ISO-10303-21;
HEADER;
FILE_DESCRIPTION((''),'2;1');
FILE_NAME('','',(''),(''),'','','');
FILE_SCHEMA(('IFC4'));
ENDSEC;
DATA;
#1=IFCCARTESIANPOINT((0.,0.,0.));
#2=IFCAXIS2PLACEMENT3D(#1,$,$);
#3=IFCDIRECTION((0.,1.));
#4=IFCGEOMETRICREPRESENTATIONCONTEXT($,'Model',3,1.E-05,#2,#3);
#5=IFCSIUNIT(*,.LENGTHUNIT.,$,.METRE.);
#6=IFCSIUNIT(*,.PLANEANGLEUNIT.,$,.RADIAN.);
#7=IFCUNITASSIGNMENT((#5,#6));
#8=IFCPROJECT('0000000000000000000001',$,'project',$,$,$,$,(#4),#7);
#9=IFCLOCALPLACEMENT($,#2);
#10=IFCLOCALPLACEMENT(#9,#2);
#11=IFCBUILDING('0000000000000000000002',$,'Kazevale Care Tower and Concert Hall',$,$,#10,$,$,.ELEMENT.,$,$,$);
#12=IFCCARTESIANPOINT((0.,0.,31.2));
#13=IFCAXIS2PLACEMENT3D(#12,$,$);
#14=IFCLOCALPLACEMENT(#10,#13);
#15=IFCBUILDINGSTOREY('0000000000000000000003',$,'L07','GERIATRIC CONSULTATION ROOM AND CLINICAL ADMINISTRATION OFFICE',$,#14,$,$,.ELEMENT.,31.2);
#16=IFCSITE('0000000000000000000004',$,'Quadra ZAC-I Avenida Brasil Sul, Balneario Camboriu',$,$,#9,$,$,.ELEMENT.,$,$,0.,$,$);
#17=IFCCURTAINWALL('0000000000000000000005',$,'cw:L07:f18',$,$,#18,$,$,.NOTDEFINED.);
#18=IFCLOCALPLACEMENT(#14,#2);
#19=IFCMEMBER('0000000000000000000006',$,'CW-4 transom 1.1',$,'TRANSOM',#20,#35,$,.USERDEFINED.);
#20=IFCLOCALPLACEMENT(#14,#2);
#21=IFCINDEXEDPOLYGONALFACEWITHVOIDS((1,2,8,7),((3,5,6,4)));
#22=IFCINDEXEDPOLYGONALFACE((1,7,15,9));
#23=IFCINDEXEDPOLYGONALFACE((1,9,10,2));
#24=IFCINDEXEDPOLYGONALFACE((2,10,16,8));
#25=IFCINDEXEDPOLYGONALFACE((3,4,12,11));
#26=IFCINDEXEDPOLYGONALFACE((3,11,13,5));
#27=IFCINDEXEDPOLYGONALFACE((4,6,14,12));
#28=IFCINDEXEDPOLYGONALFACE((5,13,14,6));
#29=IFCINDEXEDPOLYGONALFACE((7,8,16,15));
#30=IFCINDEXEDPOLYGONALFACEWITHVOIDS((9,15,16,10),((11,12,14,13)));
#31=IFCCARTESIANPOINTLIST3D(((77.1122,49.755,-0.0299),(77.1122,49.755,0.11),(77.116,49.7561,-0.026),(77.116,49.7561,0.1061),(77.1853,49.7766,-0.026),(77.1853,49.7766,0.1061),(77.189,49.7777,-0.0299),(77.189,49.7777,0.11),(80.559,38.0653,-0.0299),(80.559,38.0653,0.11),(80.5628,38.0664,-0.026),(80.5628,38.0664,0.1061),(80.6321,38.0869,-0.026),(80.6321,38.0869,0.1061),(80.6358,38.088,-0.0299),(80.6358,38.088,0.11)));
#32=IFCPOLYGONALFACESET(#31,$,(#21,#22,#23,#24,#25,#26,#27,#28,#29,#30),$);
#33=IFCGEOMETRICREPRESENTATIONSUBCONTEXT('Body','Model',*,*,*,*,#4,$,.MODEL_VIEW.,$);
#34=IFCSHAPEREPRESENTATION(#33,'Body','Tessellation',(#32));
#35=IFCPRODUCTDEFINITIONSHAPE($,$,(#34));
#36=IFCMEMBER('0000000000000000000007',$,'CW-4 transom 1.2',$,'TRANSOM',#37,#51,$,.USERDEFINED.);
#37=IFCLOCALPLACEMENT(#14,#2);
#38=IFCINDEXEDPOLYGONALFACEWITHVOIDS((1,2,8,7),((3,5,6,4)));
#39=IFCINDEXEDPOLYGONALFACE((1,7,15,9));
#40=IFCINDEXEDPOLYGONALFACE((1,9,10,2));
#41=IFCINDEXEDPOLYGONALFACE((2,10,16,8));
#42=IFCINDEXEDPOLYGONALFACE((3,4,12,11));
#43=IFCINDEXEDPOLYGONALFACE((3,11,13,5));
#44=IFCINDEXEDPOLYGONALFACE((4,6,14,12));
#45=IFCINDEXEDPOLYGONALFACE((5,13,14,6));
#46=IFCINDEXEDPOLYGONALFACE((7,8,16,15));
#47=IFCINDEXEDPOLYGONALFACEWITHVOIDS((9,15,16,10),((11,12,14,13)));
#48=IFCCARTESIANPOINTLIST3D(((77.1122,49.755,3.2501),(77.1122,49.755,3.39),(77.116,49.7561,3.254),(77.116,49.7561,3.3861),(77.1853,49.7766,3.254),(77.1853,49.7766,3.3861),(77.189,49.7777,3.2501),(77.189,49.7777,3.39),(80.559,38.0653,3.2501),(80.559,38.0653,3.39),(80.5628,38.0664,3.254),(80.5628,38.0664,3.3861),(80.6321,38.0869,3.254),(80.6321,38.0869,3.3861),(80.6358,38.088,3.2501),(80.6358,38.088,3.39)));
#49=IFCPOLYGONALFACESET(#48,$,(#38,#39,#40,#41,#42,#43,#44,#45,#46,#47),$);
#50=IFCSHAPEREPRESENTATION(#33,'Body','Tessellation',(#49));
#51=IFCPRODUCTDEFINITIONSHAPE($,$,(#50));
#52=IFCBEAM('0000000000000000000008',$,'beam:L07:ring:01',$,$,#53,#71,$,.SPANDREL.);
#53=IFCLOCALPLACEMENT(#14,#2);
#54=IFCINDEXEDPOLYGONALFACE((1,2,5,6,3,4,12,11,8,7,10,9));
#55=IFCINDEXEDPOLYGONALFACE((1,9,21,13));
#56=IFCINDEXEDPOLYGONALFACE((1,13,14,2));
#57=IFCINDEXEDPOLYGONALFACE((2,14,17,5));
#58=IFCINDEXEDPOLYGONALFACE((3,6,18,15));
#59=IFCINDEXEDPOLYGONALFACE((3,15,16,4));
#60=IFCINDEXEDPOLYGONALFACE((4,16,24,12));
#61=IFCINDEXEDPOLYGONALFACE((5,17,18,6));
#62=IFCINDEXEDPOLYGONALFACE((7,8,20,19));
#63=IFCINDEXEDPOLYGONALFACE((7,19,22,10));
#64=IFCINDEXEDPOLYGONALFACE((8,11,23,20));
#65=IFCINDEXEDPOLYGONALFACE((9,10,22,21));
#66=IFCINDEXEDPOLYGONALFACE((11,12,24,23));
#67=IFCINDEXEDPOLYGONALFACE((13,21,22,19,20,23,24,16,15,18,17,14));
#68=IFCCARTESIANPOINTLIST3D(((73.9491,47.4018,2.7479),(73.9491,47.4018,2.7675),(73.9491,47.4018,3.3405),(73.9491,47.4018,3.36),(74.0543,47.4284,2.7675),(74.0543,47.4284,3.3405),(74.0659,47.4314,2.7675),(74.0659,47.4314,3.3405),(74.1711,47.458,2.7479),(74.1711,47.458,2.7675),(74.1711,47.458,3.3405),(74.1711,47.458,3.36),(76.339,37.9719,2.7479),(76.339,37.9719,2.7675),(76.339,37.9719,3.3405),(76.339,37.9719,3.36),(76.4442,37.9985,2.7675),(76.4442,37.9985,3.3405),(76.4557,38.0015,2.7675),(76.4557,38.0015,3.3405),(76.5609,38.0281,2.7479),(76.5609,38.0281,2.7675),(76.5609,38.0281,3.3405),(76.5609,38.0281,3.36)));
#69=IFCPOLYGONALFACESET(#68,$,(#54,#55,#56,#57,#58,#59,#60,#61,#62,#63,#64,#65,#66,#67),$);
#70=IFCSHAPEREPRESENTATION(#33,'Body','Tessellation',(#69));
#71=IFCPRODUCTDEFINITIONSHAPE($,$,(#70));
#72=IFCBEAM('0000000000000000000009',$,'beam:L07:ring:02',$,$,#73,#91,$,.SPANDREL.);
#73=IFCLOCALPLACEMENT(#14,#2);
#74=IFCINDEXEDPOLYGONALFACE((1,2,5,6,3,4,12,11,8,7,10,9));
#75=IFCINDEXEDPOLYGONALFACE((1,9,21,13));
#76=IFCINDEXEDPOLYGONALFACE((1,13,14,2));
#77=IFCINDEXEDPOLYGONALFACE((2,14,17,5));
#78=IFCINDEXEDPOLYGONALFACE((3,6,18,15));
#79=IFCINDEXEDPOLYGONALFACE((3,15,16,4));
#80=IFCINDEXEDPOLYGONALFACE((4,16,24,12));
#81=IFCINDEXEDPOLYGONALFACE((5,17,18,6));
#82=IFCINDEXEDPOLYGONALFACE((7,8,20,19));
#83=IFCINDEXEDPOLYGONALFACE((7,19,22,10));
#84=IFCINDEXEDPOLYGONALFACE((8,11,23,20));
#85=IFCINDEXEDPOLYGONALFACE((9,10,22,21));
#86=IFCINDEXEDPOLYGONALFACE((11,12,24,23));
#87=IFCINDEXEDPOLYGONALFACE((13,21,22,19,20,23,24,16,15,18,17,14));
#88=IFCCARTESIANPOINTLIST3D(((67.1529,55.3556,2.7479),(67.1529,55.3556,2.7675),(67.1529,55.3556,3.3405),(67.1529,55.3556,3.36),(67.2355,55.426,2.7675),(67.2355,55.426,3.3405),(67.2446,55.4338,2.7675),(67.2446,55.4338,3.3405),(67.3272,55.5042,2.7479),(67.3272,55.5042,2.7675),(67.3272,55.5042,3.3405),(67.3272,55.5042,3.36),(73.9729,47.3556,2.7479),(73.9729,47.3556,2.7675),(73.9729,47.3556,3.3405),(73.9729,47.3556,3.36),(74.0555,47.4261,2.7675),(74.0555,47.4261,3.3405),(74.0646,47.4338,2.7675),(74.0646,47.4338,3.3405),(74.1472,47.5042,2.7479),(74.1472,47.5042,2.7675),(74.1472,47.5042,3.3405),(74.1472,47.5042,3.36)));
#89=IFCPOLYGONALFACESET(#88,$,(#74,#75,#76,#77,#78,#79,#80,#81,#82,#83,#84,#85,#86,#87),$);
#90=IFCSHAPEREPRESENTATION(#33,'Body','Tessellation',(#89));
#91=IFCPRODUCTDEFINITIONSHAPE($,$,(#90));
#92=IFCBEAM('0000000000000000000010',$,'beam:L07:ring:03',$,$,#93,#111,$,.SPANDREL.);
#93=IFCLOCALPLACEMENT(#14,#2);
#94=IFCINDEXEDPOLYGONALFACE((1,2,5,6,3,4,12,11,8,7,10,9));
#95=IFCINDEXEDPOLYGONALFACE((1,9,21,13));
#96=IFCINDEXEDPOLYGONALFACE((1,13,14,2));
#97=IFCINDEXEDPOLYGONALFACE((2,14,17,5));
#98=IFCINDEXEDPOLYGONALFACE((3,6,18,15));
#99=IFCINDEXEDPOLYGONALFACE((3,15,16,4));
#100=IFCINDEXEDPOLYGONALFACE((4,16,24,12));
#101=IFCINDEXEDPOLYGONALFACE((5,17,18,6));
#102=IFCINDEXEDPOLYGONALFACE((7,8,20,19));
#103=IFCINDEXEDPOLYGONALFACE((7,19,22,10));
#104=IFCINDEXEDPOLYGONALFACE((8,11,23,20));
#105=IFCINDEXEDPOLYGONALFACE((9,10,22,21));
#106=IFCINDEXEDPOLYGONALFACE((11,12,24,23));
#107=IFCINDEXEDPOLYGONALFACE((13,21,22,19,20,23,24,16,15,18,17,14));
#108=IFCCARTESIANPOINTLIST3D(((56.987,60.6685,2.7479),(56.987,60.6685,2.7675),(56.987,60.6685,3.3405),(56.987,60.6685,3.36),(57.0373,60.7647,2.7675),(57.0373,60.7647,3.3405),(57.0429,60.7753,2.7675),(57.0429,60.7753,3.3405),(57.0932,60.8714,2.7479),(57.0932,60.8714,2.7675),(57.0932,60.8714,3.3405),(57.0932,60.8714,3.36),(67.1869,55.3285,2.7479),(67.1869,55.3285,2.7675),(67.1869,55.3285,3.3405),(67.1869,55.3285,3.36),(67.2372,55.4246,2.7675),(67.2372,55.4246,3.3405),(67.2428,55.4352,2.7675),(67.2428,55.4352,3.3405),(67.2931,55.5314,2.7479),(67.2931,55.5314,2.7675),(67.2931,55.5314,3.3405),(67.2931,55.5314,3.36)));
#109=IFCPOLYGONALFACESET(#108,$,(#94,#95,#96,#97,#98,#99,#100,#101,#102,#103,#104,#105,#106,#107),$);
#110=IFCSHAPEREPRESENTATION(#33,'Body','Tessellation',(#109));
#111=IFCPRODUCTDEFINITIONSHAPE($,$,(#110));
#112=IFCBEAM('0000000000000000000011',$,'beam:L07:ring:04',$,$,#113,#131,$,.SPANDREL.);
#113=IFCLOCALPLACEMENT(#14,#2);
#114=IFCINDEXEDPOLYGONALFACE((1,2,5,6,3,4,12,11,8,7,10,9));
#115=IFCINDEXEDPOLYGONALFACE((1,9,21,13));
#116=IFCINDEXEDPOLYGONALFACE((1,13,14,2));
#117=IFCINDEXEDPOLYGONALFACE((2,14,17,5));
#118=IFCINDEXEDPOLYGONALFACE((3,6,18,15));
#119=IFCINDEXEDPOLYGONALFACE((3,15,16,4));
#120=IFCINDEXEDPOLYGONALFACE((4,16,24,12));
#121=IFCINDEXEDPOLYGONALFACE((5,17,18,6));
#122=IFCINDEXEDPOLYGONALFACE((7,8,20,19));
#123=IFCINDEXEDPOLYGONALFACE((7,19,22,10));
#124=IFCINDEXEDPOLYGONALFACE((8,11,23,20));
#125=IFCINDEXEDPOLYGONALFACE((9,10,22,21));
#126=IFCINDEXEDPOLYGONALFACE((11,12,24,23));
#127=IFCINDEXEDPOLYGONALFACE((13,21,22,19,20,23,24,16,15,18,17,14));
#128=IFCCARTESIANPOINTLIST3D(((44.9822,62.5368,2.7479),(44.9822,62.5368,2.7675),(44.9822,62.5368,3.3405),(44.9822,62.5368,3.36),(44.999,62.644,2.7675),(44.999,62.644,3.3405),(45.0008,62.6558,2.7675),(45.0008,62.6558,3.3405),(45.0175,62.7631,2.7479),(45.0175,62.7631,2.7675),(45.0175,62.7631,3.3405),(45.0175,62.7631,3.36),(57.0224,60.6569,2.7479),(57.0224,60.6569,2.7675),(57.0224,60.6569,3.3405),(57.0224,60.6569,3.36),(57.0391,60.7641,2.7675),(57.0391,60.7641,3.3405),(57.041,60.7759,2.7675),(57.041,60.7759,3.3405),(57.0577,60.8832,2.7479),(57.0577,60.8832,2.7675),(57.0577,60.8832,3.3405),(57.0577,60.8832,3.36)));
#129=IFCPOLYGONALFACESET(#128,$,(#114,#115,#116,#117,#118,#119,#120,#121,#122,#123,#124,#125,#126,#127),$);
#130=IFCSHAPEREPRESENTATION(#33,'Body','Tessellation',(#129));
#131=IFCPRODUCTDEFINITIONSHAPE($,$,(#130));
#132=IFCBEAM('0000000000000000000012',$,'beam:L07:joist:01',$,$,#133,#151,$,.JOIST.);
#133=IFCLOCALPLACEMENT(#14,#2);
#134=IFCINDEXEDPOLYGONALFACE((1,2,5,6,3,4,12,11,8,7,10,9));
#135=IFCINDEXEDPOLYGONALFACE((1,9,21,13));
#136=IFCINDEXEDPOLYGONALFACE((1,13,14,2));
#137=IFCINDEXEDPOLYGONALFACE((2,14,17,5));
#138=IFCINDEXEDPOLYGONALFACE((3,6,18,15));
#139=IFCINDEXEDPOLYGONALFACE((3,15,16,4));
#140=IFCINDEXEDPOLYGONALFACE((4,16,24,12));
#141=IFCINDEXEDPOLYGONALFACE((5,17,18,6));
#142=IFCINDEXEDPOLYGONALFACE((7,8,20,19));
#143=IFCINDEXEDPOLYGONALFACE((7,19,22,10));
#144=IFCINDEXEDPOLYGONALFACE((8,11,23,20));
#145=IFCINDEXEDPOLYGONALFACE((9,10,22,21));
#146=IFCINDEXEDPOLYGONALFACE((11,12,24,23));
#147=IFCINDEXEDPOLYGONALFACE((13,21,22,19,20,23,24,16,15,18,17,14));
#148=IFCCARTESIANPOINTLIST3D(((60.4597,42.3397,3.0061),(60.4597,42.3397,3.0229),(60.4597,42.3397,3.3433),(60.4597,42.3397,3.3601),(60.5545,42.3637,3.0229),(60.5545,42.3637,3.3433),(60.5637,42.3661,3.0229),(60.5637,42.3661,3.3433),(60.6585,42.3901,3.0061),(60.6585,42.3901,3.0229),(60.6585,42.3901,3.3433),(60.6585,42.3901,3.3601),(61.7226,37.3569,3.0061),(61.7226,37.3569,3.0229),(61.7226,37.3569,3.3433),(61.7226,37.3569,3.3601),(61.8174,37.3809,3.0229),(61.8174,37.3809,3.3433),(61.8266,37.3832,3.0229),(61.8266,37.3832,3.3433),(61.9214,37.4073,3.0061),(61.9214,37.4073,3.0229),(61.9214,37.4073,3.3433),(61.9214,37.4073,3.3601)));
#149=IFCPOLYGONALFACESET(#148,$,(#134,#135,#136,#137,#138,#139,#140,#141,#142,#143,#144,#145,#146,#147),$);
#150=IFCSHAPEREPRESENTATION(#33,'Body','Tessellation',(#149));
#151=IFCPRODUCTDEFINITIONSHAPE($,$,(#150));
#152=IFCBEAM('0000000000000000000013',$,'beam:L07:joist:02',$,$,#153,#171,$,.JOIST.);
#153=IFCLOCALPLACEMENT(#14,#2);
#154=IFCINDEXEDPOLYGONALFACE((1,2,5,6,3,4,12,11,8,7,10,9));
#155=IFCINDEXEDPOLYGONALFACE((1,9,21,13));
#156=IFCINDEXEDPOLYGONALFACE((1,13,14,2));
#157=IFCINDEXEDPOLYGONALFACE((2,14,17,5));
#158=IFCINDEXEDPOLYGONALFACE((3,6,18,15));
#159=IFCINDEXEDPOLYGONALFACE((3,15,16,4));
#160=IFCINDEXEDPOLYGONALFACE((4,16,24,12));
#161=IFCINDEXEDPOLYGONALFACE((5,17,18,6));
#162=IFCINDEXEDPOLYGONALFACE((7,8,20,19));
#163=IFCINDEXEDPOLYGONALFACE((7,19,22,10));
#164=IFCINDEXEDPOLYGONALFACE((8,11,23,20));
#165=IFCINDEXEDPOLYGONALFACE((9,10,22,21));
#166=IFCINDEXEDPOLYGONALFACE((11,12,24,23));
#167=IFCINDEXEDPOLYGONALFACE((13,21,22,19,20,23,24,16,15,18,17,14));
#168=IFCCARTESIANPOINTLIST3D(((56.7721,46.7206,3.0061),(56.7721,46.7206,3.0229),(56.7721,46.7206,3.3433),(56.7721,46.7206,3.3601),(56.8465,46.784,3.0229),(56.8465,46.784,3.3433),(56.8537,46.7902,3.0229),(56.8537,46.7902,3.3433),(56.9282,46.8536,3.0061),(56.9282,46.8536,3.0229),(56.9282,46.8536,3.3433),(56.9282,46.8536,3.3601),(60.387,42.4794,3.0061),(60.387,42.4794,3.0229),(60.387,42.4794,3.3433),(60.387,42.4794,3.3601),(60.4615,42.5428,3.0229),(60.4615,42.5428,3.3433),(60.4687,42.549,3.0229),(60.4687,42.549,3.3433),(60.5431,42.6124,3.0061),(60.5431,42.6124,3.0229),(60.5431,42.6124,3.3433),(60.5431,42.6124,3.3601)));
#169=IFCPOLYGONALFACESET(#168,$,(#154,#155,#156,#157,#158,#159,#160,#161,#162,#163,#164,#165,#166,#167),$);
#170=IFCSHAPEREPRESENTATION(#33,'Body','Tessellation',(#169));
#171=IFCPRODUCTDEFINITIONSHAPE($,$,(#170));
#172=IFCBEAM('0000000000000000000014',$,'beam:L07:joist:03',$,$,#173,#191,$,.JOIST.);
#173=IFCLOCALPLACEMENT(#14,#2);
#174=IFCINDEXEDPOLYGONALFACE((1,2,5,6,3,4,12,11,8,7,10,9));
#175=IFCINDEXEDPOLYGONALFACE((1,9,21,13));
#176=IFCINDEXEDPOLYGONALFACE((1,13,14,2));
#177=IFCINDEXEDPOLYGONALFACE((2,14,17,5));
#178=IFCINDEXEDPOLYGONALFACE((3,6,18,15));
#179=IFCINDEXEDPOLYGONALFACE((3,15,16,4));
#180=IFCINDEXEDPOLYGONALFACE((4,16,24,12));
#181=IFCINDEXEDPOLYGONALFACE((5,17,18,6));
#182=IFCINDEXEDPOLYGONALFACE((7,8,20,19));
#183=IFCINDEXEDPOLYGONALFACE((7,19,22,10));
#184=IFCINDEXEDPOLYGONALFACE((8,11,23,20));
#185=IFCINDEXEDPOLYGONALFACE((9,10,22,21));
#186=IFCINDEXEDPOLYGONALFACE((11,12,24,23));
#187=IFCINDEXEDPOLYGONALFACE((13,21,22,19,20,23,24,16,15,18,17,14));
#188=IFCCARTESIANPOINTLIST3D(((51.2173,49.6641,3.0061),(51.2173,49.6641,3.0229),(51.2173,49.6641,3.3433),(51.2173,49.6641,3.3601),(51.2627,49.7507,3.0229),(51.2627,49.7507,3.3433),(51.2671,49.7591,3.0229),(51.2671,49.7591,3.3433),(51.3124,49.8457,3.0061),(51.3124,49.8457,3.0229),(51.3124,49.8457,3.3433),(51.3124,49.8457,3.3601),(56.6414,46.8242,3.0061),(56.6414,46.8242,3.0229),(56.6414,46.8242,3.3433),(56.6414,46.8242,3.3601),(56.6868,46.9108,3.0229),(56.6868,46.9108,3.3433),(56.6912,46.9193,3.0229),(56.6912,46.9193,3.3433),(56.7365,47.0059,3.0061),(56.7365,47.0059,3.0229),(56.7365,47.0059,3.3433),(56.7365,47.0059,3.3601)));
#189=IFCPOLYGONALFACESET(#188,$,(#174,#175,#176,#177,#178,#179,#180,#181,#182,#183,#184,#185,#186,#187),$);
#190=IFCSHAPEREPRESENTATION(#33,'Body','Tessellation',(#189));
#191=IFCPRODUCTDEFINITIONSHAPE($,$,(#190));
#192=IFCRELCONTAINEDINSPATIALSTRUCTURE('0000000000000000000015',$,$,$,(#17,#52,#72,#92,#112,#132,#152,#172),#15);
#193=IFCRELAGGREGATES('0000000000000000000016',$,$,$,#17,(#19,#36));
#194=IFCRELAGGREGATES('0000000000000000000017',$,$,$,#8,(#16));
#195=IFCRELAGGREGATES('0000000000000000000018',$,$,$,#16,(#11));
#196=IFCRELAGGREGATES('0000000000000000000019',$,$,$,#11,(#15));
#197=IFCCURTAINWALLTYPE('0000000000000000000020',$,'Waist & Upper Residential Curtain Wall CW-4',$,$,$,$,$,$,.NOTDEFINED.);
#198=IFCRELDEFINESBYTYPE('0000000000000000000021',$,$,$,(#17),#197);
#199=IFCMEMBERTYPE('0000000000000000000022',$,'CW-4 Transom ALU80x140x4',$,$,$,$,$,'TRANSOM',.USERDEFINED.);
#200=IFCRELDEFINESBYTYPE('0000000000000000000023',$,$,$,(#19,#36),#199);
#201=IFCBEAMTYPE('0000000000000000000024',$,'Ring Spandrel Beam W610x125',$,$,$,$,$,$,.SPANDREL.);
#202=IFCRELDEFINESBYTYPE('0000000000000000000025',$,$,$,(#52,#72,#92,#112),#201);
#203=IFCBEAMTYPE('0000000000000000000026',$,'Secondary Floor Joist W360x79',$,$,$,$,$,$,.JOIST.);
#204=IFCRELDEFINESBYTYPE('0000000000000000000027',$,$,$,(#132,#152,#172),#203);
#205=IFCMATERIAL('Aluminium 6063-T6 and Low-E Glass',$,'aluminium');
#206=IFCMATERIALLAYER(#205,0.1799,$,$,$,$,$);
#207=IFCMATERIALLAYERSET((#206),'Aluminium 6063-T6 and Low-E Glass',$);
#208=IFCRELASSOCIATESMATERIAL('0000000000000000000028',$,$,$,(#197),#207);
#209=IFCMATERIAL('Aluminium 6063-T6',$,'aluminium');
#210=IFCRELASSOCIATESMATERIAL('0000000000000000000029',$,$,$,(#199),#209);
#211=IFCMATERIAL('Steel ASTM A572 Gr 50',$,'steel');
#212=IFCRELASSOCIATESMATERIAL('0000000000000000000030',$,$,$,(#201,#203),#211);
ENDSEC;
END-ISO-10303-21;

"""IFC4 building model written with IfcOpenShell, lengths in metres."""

from ifc_helpers import new_model, si_unit, direction, frame, origin, origin_2d, place, context, subcontext, project, spatial, hollow_rectangle, i_section, extrude, material, layer, layer_set, material_profile, profile_set, type_object, element, aggregate, save


model = new_model("IFC4")

# Units and contexts
model_context = context("Model", 3, precision=1e-05, world=origin(), true_north=direction((0.0, 1.0)))
body_context = subcontext(model_context, "Body", "Model", "MODEL_VIEW")
ifc_project = project(units=[si_unit("LENGTHUNIT", "METRE"), si_unit("PLANEANGLEUNIT", "RADIAN")], contexts=[model_context])

# Site, building, storey
site_placement = place(None, origin())
site = spatial("IfcSite", under=ifc_project, at=site_placement, Name="Quadra ZAC-I Avenida Brasil Sul, Balneario Camboriu", CompositionType="ELEMENT", RefElevation=0.0)
building_placement = place(site_placement, origin())
building = spatial("IfcBuilding", under=site, at=building_placement, Name="Kazevale Care Tower and Concert Hall", CompositionType="ELEMENT")
storey_placement = place(building_placement, frame((0.0, 0.0, 31.2)))
storey = spatial("IfcBuildingStorey", under=building, at=storey_placement, Name="L07", Description="GERIATRIC CONSULTATION ROOM AND CLINICAL ADMINISTRATION OFFICE", CompositionType="ELEMENT", Elevation=31.2)

# Shared definitions
ifc_material_1 = material(Name="Aluminium 6063-T6 and Low-E Glass", Category="aluminium")
ifc_material_2 = material(Name="Aluminium 6063-T6", Category="aluminium")

# Shared definitions
ifc_layer_1 = layer(ifc_material_1, 0.1799)
ifc_layer_set_1 = layer_set([ifc_layer_1], Name="Aluminium 6063-T6 and Low-E Glass")
curtain_wall_type_1 = type_object("IfcCurtainWallType", Name="Waist & Upper Residential Curtain Wall CW-4", PredefinedType="NOTDEFINED", material=ifc_layer_set_1)

# Curtain wall
curtain_wall_1_placement = place(storey_placement, origin())
curtain_wall_1 = element("IfcCurtainWall", 1, at=curtain_wall_1_placement, inside=storey, type_object=curtain_wall_type_1, Name="cw:L07:f18", PredefinedType="NOTDEFINED")

# Members
ifc_material_profile_1 = material_profile(ifc_material_2, hollow_rectangle(XDim=0.0801, YDim=0.1399, WallThickness=0.0039, at=origin_2d()), Name="ALU80x140x4")
ifc_profile_set_1 = profile_set([ifc_material_profile_1], Name="Aluminium 6063-T6")
member_type_1 = type_object("IfcMemberType", Name="CW-4 Transom ALU80x140x4", ElementType="TRANSOM", PredefinedType="USERDEFINED", material=ifc_profile_set_1)
member_1_placement = place(storey_placement, frame((77.1506, 49.7664, 0.04), z_axis=(0.282818, -0.959174, 0.0), x_axis=(0.959174, 0.282818, 0.0)))
member_1 = element("IfcMember", 2, at=member_1_placement, type_object=member_type_1, Name="CW-4 transom 1.1", ObjectType="TRANSOM", PredefinedType="USERDEFINED", context=body_context, shape_type="SweptSolid", body=[
    extrude(hollow_rectangle(XDim=0.0801, YDim=0.1399, WallThickness=0.0039, at=origin_2d()), origin(), (0.0, 0.0, 1.0), 12.1873),
])
member_2_placement = place(storey_placement, frame((77.1506, 49.7664, 3.3201), z_axis=(0.282818, -0.959174, 0.0), x_axis=(0.959174, 0.282818, 0.0)))
member_2 = element("IfcMember", 3, at=member_2_placement, type_object=member_type_1, Name="CW-4 transom 1.2", ObjectType="TRANSOM", PredefinedType="USERDEFINED", context=body_context, shape_type="SweptSolid", body=[
    extrude(hollow_rectangle(XDim=0.0801, YDim=0.1399, WallThickness=0.0039, at=origin_2d()), origin(), (0.0, 0.0, 1.0), 12.1873),
])

# Beams
ifc_material_3 = material(Name="Steel ASTM A572 Gr 50", Category="steel")
ifc_material_profile_2 = material_profile(ifc_material_3, i_section(OverallWidth=0.229, OverallDepth=0.6121, WebThickness=0.012, FlangeThickness=0.0195, at=origin_2d()), Name="W610x125")
ifc_profile_set_2 = profile_set([ifc_material_profile_2], Name="Steel ASTM A572 Gr 50")
beam_type_1 = type_object("IfcBeamType", Name="Ring Spandrel Beam W610x125", PredefinedType="SPANDREL", material=ifc_profile_set_2)
beam_1_placement = place(storey_placement, frame((76.45, 38.0, 3.054), z_axis=(-0.24567, 0.969354, 0.0), x_axis=(-0.969354, -0.24567, 0.0)))
element("IfcBeam", 4, at=beam_1_placement, inside=storey, type_object=beam_type_1, Name="beam:L07:ring:01", PredefinedType="SPANDREL", context=body_context, shape_type="SweptSolid", body=[
    extrude(i_section(OverallWidth=0.229, OverallDepth=0.6121, WebThickness=0.012, FlangeThickness=0.0195, at=origin_2d()), origin(), (0.0, 0.0, 1.0), 9.728),
])
beam_2_placement = place(storey_placement, frame((74.0601, 47.4299, 3.054), z_axis=(-0.648756, 0.760996, 0.0), x_axis=(-0.760996, -0.648756, 0.0)))
element("IfcBeam", 5, at=beam_2_placement, inside=storey, type_object=beam_type_1, Name="beam:L07:ring:02", PredefinedType="SPANDREL", context=body_context, shape_type="SweptSolid", body=[
    extrude(i_section(OverallWidth=0.229, OverallDepth=0.6121, WebThickness=0.012, FlangeThickness=0.0195, at=origin_2d()), origin(), (0.0, 0.0, 1.0), 10.5125),
])
beam_3_placement = place(storey_placement, frame((67.24, 55.4299, 3.054), z_axis=(-0.885929, 0.46382, 0.0), x_axis=(-0.46382, -0.885929, 0.0)))
element("IfcBeam", 6, at=beam_3_placement, inside=storey, type_object=beam_type_1, Name="beam:L07:ring:03", PredefinedType="SPANDREL", context=body_context, shape_type="SweptSolid", body=[
    extrude(i_section(OverallWidth=0.229, OverallDepth=0.6121, WebThickness=0.012, FlangeThickness=0.0195, at=origin_2d()), origin(), (0.0, 0.0, 1.0), 11.5132),
])
beam_4_placement = place(storey_placement, frame((57.04, 60.77, 3.054), z_axis=(-0.988029, 0.154267, 0.0), x_axis=(-0.154267, -0.988029, 0.0)))
element("IfcBeam", 7, at=beam_4_placement, inside=storey, type_object=beam_type_1, Name="beam:L07:ring:04", PredefinedType="SPANDREL", context=body_context, shape_type="SweptSolid", body=[
    extrude(i_section(OverallWidth=0.229, OverallDepth=0.6121, WebThickness=0.012, FlangeThickness=0.0195, at=origin_2d()), origin(), (0.0, 0.0, 1.0), 12.186),
])
ifc_material_profile_3 = material_profile(ifc_material_3, i_section(OverallWidth=0.2051, OverallDepth=0.354, WebThickness=0.0095, FlangeThickness=0.0168, at=origin_2d()), Name="W360x79")
ifc_profile_set_3 = profile_set([ifc_material_profile_3], Name="Steel ASTM A572 Gr 50")
beam_type_2 = type_object("IfcBeamType", Name="Secondary Floor Joist W360x79", PredefinedType="JOIST", material=ifc_profile_set_3)
beam_5_placement = place(storey_placement, frame((61.822, 37.3821, 3.1831), z_axis=(-0.245686, 0.96935, 0.0), x_axis=(-0.96935, -0.245686, 0.0)))
element("IfcBeam", 8, at=beam_5_placement, inside=storey, type_object=beam_type_2, Name="beam:L07:joist:01", PredefinedType="JOIST", context=body_context, shape_type="SweptSolid", body=[
    extrude(i_section(OverallWidth=0.2051, OverallDepth=0.354, WebThickness=0.0095, FlangeThickness=0.0168, at=origin_2d()), origin(), (0.0, 0.0, 1.0), 5.1404),
])
beam_6_placement = place(storey_placement, frame((60.4651, 42.5459, 3.1831), z_axis=(-0.648686, 0.761057, 0.0), x_axis=(-0.761057, -0.648686, 0.0)))
element("IfcBeam", 9, at=beam_6_placement, inside=storey, type_object=beam_type_2, Name="beam:L07:joist:02", PredefinedType="JOIST", context=body_context, shape_type="SweptSolid", body=[
    extrude(i_section(OverallWidth=0.2051, OverallDepth=0.354, WebThickness=0.0095, FlangeThickness=0.0168, at=origin_2d()), origin(), (0.0, 0.0, 1.0), 5.5728),
])
beam_7_placement = place(storey_placement, frame((56.689, 46.915, 3.1831), z_axis=(-0.885921, 0.463836, 0.0), x_axis=(-0.463836, -0.885921, 0.0)))
element("IfcBeam", 10, at=beam_7_placement, inside=storey, type_object=beam_type_2, Name="beam:L07:joist:03", PredefinedType="JOIST", context=body_context, shape_type="SweptSolid", body=[
    extrude(i_section(OverallWidth=0.2051, OverallDepth=0.354, WebThickness=0.0095, FlangeThickness=0.0168, at=origin_2d()), origin(), (0.0, 0.0, 1.0), 6.1226),
])

aggregate(curtain_wall_1, [member_1, member_2])

save(model, "model.ifc")
